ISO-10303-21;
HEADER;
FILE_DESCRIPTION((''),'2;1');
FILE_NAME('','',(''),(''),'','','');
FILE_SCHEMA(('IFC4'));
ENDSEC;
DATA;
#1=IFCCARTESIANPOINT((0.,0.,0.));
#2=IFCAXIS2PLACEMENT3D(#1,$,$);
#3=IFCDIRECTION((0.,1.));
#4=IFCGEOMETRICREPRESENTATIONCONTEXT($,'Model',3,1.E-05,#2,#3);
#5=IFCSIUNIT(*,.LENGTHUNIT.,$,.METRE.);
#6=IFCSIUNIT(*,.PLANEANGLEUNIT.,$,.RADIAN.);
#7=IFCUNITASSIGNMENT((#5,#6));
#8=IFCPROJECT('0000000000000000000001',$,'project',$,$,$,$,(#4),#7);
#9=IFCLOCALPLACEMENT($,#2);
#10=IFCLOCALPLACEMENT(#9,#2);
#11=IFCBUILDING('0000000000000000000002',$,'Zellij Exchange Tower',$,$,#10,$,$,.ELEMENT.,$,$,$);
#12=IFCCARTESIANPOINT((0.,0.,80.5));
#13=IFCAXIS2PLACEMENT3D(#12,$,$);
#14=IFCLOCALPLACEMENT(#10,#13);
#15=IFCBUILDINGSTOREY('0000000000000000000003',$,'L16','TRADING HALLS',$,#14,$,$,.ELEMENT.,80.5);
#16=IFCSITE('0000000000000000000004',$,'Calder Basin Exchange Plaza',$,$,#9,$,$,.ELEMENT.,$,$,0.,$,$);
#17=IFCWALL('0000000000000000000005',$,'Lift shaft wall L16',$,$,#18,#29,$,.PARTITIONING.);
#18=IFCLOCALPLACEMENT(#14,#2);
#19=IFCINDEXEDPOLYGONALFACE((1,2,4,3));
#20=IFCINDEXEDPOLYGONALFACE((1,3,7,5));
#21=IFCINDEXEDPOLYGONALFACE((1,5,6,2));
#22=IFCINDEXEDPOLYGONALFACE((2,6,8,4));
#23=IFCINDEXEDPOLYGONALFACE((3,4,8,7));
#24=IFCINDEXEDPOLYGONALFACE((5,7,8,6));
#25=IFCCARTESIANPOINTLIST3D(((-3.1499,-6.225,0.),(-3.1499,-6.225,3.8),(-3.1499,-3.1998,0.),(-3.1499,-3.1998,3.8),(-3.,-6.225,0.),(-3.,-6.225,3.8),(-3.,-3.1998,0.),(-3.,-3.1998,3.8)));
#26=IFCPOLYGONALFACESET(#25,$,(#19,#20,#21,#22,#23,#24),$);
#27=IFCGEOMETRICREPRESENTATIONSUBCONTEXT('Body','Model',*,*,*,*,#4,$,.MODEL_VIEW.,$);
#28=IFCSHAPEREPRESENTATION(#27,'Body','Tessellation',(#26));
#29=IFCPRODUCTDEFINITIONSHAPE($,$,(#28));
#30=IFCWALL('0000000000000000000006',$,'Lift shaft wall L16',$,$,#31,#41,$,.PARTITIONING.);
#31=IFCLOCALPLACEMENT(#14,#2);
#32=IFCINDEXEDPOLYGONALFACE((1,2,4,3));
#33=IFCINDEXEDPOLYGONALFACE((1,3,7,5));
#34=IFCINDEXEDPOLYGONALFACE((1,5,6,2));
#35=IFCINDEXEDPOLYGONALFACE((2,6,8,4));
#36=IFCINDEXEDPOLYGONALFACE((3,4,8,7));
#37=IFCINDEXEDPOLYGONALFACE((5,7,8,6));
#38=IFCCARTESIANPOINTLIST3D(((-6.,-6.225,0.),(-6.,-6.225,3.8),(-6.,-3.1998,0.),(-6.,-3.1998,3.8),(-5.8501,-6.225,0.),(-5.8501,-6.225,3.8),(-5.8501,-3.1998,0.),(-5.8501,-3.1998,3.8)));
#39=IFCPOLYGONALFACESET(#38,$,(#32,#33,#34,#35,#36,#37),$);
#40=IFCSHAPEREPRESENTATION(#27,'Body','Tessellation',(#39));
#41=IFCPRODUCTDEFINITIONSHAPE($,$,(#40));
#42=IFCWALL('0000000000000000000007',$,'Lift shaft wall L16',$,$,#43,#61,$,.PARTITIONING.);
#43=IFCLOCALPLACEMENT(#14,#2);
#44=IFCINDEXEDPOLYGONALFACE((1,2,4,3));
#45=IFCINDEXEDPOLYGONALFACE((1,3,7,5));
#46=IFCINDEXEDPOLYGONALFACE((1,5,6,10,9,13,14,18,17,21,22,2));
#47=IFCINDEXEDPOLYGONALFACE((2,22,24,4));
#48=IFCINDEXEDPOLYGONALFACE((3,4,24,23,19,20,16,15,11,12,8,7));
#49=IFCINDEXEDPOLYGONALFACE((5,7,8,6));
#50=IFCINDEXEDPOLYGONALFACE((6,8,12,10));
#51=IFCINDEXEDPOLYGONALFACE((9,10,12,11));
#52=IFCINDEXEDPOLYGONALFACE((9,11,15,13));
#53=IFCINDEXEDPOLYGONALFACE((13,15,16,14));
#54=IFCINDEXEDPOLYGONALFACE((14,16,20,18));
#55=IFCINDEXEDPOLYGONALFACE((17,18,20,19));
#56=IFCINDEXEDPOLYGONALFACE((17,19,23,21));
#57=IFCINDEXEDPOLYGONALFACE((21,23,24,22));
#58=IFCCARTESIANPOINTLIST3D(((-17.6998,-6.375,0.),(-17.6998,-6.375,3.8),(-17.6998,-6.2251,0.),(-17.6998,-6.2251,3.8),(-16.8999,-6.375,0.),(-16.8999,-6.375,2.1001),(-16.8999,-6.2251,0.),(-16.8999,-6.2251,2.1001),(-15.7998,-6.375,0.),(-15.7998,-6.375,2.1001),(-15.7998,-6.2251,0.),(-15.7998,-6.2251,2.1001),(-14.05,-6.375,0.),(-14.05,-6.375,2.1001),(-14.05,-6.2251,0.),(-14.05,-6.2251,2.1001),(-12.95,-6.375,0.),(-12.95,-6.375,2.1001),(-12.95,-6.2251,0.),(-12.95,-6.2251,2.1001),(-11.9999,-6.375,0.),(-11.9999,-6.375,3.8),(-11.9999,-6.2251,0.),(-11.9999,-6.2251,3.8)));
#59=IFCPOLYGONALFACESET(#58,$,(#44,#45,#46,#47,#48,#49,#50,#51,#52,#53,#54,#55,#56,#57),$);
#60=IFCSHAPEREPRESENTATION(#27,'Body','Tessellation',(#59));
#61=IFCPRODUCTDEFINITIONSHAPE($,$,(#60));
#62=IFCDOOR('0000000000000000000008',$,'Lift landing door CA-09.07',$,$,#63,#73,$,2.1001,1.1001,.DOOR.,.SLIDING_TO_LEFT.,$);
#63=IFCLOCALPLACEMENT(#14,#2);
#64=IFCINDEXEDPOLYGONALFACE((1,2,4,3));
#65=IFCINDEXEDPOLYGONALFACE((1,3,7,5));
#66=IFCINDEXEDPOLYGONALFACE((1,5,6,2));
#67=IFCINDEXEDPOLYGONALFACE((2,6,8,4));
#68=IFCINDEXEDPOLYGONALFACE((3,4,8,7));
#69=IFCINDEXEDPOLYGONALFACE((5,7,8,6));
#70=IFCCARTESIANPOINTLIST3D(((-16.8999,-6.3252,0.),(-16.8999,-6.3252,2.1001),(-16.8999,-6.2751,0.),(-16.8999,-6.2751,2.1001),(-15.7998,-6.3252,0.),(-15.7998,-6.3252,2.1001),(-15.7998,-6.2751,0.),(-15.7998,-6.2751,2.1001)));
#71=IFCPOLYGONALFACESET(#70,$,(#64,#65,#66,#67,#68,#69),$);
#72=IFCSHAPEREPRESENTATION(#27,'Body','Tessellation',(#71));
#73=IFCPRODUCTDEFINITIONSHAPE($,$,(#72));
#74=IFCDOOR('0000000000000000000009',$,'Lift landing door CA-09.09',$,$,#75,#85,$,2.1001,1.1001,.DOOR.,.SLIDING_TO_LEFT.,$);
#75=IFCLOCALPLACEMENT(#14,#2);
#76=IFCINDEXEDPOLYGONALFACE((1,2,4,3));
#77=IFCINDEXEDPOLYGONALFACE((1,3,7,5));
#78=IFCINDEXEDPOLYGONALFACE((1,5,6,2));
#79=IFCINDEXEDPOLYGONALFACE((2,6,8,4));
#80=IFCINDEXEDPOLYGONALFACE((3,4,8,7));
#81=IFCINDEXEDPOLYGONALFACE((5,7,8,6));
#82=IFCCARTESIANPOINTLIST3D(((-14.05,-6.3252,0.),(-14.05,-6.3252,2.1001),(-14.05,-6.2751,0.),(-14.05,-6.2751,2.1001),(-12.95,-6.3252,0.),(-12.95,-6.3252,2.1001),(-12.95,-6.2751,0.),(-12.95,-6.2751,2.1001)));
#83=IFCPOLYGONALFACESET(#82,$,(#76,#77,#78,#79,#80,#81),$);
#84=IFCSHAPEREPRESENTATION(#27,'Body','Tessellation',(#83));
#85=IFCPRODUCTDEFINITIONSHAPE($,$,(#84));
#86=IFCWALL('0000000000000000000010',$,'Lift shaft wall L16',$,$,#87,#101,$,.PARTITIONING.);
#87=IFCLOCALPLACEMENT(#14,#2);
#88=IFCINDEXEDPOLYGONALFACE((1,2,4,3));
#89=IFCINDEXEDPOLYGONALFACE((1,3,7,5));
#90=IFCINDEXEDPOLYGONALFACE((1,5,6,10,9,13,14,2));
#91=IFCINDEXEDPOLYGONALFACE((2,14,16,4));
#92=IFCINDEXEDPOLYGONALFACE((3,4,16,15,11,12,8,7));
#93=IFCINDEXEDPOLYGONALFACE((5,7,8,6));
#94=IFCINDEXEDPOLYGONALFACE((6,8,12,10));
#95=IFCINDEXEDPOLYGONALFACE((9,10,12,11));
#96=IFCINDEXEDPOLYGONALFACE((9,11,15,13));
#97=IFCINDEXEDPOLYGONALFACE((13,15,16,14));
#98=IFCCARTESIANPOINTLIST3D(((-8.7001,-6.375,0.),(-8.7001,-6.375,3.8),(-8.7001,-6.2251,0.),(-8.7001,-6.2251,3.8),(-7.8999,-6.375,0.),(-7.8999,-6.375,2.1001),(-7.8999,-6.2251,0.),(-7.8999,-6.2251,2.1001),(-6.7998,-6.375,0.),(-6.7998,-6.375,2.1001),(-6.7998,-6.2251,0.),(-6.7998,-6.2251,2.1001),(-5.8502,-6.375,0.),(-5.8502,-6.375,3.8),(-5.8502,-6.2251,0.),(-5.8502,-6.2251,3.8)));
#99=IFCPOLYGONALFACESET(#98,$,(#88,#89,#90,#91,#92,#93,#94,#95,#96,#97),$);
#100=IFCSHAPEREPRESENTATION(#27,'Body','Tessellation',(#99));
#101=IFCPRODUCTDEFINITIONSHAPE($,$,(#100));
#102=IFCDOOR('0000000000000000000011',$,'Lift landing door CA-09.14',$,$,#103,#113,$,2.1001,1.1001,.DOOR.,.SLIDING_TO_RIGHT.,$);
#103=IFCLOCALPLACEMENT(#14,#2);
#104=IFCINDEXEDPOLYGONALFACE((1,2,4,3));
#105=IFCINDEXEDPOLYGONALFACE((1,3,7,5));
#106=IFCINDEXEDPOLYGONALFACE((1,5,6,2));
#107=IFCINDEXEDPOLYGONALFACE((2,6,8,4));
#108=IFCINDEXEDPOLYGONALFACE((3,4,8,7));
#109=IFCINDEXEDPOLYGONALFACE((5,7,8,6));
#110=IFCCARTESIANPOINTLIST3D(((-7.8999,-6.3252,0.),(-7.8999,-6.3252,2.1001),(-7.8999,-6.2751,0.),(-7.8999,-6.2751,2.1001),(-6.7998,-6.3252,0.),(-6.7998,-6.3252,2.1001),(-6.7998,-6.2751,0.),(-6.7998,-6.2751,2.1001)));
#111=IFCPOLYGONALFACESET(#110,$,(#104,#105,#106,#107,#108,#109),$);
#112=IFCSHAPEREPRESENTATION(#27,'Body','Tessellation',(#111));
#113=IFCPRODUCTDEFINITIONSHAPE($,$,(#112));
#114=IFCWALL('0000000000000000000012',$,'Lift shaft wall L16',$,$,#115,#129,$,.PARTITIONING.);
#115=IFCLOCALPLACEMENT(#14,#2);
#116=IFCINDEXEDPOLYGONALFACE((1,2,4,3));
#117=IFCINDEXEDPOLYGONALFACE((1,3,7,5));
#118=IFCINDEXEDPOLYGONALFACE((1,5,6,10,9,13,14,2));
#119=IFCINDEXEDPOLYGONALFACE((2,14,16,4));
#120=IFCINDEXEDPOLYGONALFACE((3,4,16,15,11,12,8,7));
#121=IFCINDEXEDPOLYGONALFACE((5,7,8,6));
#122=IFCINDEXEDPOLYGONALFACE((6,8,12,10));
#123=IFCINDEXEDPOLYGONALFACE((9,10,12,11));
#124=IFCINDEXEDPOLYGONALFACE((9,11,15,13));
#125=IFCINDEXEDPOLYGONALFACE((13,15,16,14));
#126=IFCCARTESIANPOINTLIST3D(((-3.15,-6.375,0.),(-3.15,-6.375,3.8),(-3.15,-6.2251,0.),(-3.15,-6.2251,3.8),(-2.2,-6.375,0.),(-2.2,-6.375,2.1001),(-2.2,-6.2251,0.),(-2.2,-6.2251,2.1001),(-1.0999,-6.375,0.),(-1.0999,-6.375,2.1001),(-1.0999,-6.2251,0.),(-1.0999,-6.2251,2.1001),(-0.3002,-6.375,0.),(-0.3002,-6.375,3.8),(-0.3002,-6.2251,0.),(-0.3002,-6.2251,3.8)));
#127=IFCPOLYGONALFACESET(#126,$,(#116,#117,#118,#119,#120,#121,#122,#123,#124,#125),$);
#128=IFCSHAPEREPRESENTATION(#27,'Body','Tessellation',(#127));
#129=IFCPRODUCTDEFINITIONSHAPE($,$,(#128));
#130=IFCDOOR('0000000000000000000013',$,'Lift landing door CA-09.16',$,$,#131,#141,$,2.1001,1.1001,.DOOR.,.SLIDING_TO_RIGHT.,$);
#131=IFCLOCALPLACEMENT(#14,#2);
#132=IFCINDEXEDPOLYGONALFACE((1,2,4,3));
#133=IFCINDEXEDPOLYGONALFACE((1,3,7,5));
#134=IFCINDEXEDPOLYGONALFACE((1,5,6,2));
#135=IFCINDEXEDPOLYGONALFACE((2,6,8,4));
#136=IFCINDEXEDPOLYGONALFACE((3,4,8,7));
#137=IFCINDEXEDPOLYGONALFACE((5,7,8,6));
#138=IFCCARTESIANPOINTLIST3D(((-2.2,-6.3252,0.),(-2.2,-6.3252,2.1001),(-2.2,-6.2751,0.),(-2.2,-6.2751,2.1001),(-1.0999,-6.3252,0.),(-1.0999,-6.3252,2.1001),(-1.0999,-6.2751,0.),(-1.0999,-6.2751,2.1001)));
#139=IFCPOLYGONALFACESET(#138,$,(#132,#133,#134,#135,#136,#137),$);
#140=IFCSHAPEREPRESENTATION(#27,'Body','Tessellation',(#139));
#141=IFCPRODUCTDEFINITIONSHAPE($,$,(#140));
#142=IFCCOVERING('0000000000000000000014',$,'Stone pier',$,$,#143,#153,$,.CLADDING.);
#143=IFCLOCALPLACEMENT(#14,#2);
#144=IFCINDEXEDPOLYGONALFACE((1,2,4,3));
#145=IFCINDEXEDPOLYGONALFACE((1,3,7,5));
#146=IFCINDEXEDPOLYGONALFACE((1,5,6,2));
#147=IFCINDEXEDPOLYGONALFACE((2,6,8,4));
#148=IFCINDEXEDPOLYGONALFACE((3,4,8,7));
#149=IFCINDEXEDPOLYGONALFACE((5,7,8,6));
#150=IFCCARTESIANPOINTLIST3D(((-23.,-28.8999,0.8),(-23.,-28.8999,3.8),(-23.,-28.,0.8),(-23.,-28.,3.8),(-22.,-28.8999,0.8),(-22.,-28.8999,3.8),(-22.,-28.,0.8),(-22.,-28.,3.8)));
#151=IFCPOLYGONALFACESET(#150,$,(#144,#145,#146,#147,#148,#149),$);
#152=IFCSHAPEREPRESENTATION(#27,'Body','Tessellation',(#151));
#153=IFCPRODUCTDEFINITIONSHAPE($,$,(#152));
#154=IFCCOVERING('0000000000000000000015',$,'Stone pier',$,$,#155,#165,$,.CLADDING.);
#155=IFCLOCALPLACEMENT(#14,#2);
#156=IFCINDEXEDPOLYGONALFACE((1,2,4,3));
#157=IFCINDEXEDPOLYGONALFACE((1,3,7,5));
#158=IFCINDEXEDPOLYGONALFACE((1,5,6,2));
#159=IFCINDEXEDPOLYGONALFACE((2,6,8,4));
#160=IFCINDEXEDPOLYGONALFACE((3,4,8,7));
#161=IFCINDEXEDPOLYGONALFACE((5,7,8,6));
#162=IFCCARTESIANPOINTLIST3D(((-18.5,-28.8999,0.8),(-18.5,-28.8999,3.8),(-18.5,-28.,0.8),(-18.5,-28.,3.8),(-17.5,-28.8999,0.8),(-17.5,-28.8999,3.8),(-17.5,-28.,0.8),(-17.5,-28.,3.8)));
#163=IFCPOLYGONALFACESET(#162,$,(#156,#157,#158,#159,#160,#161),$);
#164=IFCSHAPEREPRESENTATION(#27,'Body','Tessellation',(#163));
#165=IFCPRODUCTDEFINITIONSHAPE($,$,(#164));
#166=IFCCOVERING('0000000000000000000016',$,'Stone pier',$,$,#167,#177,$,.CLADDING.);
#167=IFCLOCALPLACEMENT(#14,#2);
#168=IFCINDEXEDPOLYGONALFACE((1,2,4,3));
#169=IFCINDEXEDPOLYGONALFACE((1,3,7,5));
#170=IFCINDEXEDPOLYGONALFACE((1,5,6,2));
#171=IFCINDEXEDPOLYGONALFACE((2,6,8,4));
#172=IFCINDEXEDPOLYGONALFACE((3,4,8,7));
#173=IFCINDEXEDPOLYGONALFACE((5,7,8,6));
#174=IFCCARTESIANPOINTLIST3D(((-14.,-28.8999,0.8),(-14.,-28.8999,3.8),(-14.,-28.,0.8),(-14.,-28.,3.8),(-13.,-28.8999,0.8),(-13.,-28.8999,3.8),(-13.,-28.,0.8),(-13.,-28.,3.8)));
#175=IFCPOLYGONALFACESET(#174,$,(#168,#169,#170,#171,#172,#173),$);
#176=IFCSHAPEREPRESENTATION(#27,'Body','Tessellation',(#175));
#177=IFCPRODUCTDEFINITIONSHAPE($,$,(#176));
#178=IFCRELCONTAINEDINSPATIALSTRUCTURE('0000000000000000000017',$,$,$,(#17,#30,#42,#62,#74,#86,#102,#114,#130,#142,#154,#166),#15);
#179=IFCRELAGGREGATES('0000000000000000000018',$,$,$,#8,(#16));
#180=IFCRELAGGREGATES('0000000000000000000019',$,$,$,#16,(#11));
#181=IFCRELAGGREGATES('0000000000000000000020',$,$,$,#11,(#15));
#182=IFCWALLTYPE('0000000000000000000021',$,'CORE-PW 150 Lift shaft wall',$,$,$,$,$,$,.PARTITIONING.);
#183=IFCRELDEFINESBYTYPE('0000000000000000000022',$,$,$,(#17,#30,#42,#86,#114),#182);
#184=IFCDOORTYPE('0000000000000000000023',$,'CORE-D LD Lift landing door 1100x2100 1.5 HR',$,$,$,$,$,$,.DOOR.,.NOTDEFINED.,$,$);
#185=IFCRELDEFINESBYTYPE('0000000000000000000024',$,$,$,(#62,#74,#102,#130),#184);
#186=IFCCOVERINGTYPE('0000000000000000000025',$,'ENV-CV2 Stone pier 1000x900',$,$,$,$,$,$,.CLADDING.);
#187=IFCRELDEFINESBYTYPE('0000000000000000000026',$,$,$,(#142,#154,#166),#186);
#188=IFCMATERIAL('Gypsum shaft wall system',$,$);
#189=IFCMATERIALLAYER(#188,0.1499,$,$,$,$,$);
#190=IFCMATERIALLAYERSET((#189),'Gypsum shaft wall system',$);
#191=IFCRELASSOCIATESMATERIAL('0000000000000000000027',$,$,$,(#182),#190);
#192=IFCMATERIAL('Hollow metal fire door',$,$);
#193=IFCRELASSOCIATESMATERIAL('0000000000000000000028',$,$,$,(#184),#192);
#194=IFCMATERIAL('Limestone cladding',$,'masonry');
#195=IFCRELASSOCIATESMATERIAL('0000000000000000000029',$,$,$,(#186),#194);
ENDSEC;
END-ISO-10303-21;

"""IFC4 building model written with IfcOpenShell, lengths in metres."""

from ifc_helpers import new_model, si_unit, direction, frame, frame_2d, origin, place, context, subcontext, project, spatial, polyline, rectangle, outline, extrude, material, layer, layer_set, type_object, element, fill, save


model = new_model("IFC4")

# Units and contexts
model_context = context("Model", 3, precision=1e-05, world=origin(), true_north=direction((0.0, 1.0)))
body_context = subcontext(model_context, "Body", "Model", "MODEL_VIEW")
ifc_project = project(units=[si_unit("LENGTHUNIT", "METRE"), si_unit("PLANEANGLEUNIT", "RADIAN")], contexts=[model_context])

# Site, building, storey
site_placement = place(None, origin())
site = spatial("IfcSite", under=ifc_project, at=site_placement, Name="Calder Basin Exchange Plaza", CompositionType="ELEMENT", RefElevation=0.0)
building_placement = place(site_placement, origin())
building = spatial("IfcBuilding", under=site, at=building_placement, Name="Zellij Exchange Tower", CompositionType="ELEMENT")
storey_placement = place(building_placement, frame((0.0, 0.0, 80.5)))
storey = spatial("IfcBuildingStorey", under=building, at=storey_placement, Name="L16", Description="TRADING HALLS", CompositionType="ELEMENT", Elevation=80.5)

# Walls
ifc_material_1 = material(Name="Gypsum shaft wall system")
ifc_layer_1 = layer(ifc_material_1, 0.1499)
ifc_layer_set_1 = layer_set([ifc_layer_1], Name="Gypsum shaft wall system")
wall_type_1 = type_object("IfcWallType", Name="CORE-PW 150 Lift shaft wall", PredefinedType="PARTITIONING", material=ifc_layer_set_1)
for number, where, z_axis, x_axis, name in (
    (1, (-3.075, -6.2251, 0.0), (0.0, 0.0, 1.0), (0.0, 1.0, 0.0), "Lift shaft wall L16"),
    (2, (-5.925, -6.2251, 0.0), (0.0, 0.0, 1.0), (0.0, 1.0, 0.0), "Lift shaft wall L16"),
):
    element("IfcWall", number, at=place(storey_placement, frame(where, z_axis=z_axis, x_axis=x_axis)), inside=storey, type_object=wall_type_1, Name=name, PredefinedType="PARTITIONING", context=body_context, shape_type="SweptSolid", body=[
        extrude(rectangle(XDim=3.0251, YDim=0.1499, at=frame_2d((1.5127, 0.0))), origin(), (0.0, 0.0, 1.0), 3.8),
    ])

# Wall, openings, doors
wall_1_placement = place(storey_placement, frame((-17.7, -6.3, 0.0), z_axis=(0.0, 0.0, 1.0), x_axis=(1.0, 0.0, 0.0)))
wall_1 = element("IfcWall", 3, at=wall_1_placement, inside=storey, type_object=wall_type_1, Name="Lift shaft wall L16", PredefinedType="PARTITIONING", context=body_context, shape_type="SweptSolid", body=[
    extrude(rectangle(XDim=5.7, YDim=0.1499, at=frame_2d((2.8501, 0.0))), origin(), (0.0, 0.0, 1.0), 3.8),
])
opening_1_placement = place(wall_1_placement, frame((0.8, 0.0, 0.0)))
opening_1 = element("IfcOpeningElement", 4, at=opening_1_placement, cuts=wall_1, PredefinedType="OPENING", context=body_context, shape_type="SweptSolid", body=[
    extrude(rectangle(XDim=1.1001, YDim=2.1001, at=frame_2d((0.55, 1.05))), frame((0.0, 0.0869, 0.0), z_axis=(0.0, -1.0, 0.0), x_axis=(1.0, 0.0, 0.0)), (0.0, 0.0, 1.0), 0.1738),
])
opening_2_placement = place(wall_1_placement, frame((3.6499, 0.0, 0.0)))
opening_2 = element("IfcOpeningElement", 5, at=opening_2_placement, cuts=wall_1, PredefinedType="OPENING", context=body_context, shape_type="SweptSolid", body=[
    extrude(rectangle(XDim=1.1001, YDim=2.1001, at=frame_2d((0.55, 1.05))), frame((0.0, 0.0869, 0.0), z_axis=(0.0, -1.0, 0.0), x_axis=(1.0, 0.0, 0.0)), (0.0, 0.0, 1.0), 0.1738),
])
ifc_material_2 = material(Name="Hollow metal fire door")
door_type = type_object("IfcDoorType", Name="CORE-D LD Lift landing door 1100x2100 1.5 HR", OperationType="NOTDEFINED", PredefinedType="DOOR", material=ifc_material_2)
door_1_placement = place(opening_1_placement, origin())
door_1 = element("IfcDoor", 6, at=door_1_placement, inside=storey, type_object=door_type, Name="Lift landing door CA-09.07", OperationType="SLIDING_TO_LEFT", OverallHeight=2.1001, OverallWidth=1.1001, PredefinedType="DOOR", context=body_context, shape_type="SweptSolid", body=[
    extrude(rectangle(XDim=1.1001, YDim=2.1001, at=frame_2d((0.55, 1.05))), frame((0.0, 0.0249, 0.0), z_axis=(0.0, -1.0, 0.0), x_axis=(1.0, 0.0, 0.0)), (0.0, 0.0, 1.0), 0.05),
])
fill(opening_1, door_1)
door_2_placement = place(opening_2_placement, origin())
door_2 = element("IfcDoor", 7, at=door_2_placement, inside=storey, type_object=door_type, Name="Lift landing door CA-09.09", OperationType="SLIDING_TO_LEFT", OverallHeight=2.1001, OverallWidth=1.1001, PredefinedType="DOOR", context=body_context, shape_type="SweptSolid", body=[
    extrude(rectangle(XDim=1.1001, YDim=2.1001, at=frame_2d((0.55, 1.05))), frame((0.0, 0.0249, 0.0), z_axis=(0.0, -1.0, 0.0), x_axis=(1.0, 0.0, 0.0)), (0.0, 0.0, 1.0), 0.05),
])
fill(opening_2, door_2)

# Walls, openings, doors
wall_2_placement = place(storey_placement, frame((-8.7, -6.3, 0.0), z_axis=(0.0, 0.0, 1.0), x_axis=(1.0, 0.0, 0.0)))
wall_2 = element("IfcWall", 8, at=wall_2_placement, inside=storey, type_object=wall_type_1, Name="Lift shaft wall L16", PredefinedType="PARTITIONING", context=body_context, shape_type="SweptSolid", body=[
    extrude(rectangle(XDim=2.8499, YDim=0.1499, at=frame_2d((1.4248, 0.0))), origin(), (0.0, 0.0, 1.0), 3.8),
])
opening_3_placement = place(wall_2_placement, frame((0.8, 0.0, 0.0)))
opening_3 = element("IfcOpeningElement", 9, at=opening_3_placement, cuts=wall_2, PredefinedType="OPENING", context=body_context, shape_type="SweptSolid", body=[
    extrude(rectangle(XDim=1.1001, YDim=2.1001, at=frame_2d((0.55, 1.05))), frame((0.0, 0.0869, 0.0), z_axis=(0.0, -1.0, 0.0), x_axis=(1.0, 0.0, 0.0)), (0.0, 0.0, 1.0), 0.1738),
])
door_3_placement = place(opening_3_placement, origin())
door_3 = element("IfcDoor", 10, at=door_3_placement, inside=storey, type_object=door_type, Name="Lift landing door CA-09.14", OperationType="SLIDING_TO_RIGHT", OverallHeight=2.1001, OverallWidth=1.1001, PredefinedType="DOOR", context=body_context, shape_type="SweptSolid", body=[
    extrude(rectangle(XDim=1.1001, YDim=2.1001, at=frame_2d((0.55, 1.05))), frame((0.0, 0.0249, 0.0), z_axis=(0.0, -1.0, 0.0), x_axis=(1.0, 0.0, 0.0)), (0.0, 0.0, 1.0), 0.05),
])
fill(opening_3, door_3)
wall_3_placement = place(storey_placement, frame((-3.1499, -6.3, 0.0), z_axis=(0.0, 0.0, 1.0), x_axis=(1.0, 0.0, 0.0)))
wall_3 = element("IfcWall", 11, at=wall_3_placement, inside=storey, type_object=wall_type_1, Name="Lift shaft wall L16", PredefinedType="PARTITIONING", context=body_context, shape_type="SweptSolid", body=[
    extrude(rectangle(XDim=2.8499, YDim=0.1499, at=frame_2d((1.4248, 0.0))), origin(), (0.0, 0.0, 1.0), 3.8),
])
opening_4_placement = place(wall_3_placement, frame((0.95, 0.0, 0.0)))
opening_4 = element("IfcOpeningElement", 12, at=opening_4_placement, cuts=wall_3, PredefinedType="OPENING", context=body_context, shape_type="SweptSolid", body=[
    extrude(rectangle(XDim=1.1001, YDim=2.1001, at=frame_2d((0.55, 1.05))), frame((0.0, 0.0869, 0.0), z_axis=(0.0, -1.0, 0.0), x_axis=(1.0, 0.0, 0.0)), (0.0, 0.0, 1.0), 0.1738),
])
door_4_placement = place(opening_4_placement, origin())
door_4 = element("IfcDoor", 13, at=door_4_placement, inside=storey, type_object=door_type, Name="Lift landing door CA-09.16", OperationType="SLIDING_TO_RIGHT", OverallHeight=2.1001, OverallWidth=1.1001, PredefinedType="DOOR", context=body_context, shape_type="SweptSolid", body=[
    extrude(rectangle(XDim=1.1001, YDim=2.1001, at=frame_2d((0.55, 1.05))), frame((0.0, 0.0249, 0.0), z_axis=(0.0, -1.0, 0.0), x_axis=(1.0, 0.0, 0.0)), (0.0, 0.0, 1.0), 0.05),
])
fill(opening_4, door_4)

# Coverings
ifc_material_3 = material(Name="Limestone cladding", Category="masonry")
covering_type = type_object("IfcCoveringType", Name="ENV-CV2 Stone pier 1000x900", PredefinedType="CLADDING", material=ifc_material_3)
covering_1_placement = place(storey_placement, frame((0.0, 0.0, 0.8)))
element("IfcCovering", 14, at=covering_1_placement, inside=storey, type_object=covering_type, Name="Stone pier", PredefinedType="CLADDING", context=body_context, shape_type="SweptSolid", body=[
    extrude(outline(polyline([(-23.0, -28.0), (-22.0, -28.0), (-22.0, -28.8999), (-23.0, -28.8999), (-23.0, -28.0)])), origin(), (0.0, 0.0, 1.0), 3.0),
])
covering_2_placement = place(storey_placement, frame((0.0, 0.0, 0.8)))
element("IfcCovering", 15, at=covering_2_placement, inside=storey, type_object=covering_type, Name="Stone pier", PredefinedType="CLADDING", context=body_context, shape_type="SweptSolid", body=[
    extrude(outline(polyline([(-18.5, -28.0), (-17.5, -28.0), (-17.5, -28.8999), (-18.5, -28.8999), (-18.5, -28.0)])), origin(), (0.0, 0.0, 1.0), 3.0),
])
covering_3_placement = place(storey_placement, frame((0.0, 0.0, 0.8)))
element("IfcCovering", 16, at=covering_3_placement, inside=storey, type_object=covering_type, Name="Stone pier", PredefinedType="CLADDING", context=body_context, shape_type="SweptSolid", body=[
    extrude(outline(polyline([(-14.0, -28.0), (-13.0, -28.0), (-13.0, -28.8999), (-14.0, -28.8999), (-14.0, -28.0)])), origin(), (0.0, 0.0, 1.0), 3.0),
])

save(model, "model.ifc")
